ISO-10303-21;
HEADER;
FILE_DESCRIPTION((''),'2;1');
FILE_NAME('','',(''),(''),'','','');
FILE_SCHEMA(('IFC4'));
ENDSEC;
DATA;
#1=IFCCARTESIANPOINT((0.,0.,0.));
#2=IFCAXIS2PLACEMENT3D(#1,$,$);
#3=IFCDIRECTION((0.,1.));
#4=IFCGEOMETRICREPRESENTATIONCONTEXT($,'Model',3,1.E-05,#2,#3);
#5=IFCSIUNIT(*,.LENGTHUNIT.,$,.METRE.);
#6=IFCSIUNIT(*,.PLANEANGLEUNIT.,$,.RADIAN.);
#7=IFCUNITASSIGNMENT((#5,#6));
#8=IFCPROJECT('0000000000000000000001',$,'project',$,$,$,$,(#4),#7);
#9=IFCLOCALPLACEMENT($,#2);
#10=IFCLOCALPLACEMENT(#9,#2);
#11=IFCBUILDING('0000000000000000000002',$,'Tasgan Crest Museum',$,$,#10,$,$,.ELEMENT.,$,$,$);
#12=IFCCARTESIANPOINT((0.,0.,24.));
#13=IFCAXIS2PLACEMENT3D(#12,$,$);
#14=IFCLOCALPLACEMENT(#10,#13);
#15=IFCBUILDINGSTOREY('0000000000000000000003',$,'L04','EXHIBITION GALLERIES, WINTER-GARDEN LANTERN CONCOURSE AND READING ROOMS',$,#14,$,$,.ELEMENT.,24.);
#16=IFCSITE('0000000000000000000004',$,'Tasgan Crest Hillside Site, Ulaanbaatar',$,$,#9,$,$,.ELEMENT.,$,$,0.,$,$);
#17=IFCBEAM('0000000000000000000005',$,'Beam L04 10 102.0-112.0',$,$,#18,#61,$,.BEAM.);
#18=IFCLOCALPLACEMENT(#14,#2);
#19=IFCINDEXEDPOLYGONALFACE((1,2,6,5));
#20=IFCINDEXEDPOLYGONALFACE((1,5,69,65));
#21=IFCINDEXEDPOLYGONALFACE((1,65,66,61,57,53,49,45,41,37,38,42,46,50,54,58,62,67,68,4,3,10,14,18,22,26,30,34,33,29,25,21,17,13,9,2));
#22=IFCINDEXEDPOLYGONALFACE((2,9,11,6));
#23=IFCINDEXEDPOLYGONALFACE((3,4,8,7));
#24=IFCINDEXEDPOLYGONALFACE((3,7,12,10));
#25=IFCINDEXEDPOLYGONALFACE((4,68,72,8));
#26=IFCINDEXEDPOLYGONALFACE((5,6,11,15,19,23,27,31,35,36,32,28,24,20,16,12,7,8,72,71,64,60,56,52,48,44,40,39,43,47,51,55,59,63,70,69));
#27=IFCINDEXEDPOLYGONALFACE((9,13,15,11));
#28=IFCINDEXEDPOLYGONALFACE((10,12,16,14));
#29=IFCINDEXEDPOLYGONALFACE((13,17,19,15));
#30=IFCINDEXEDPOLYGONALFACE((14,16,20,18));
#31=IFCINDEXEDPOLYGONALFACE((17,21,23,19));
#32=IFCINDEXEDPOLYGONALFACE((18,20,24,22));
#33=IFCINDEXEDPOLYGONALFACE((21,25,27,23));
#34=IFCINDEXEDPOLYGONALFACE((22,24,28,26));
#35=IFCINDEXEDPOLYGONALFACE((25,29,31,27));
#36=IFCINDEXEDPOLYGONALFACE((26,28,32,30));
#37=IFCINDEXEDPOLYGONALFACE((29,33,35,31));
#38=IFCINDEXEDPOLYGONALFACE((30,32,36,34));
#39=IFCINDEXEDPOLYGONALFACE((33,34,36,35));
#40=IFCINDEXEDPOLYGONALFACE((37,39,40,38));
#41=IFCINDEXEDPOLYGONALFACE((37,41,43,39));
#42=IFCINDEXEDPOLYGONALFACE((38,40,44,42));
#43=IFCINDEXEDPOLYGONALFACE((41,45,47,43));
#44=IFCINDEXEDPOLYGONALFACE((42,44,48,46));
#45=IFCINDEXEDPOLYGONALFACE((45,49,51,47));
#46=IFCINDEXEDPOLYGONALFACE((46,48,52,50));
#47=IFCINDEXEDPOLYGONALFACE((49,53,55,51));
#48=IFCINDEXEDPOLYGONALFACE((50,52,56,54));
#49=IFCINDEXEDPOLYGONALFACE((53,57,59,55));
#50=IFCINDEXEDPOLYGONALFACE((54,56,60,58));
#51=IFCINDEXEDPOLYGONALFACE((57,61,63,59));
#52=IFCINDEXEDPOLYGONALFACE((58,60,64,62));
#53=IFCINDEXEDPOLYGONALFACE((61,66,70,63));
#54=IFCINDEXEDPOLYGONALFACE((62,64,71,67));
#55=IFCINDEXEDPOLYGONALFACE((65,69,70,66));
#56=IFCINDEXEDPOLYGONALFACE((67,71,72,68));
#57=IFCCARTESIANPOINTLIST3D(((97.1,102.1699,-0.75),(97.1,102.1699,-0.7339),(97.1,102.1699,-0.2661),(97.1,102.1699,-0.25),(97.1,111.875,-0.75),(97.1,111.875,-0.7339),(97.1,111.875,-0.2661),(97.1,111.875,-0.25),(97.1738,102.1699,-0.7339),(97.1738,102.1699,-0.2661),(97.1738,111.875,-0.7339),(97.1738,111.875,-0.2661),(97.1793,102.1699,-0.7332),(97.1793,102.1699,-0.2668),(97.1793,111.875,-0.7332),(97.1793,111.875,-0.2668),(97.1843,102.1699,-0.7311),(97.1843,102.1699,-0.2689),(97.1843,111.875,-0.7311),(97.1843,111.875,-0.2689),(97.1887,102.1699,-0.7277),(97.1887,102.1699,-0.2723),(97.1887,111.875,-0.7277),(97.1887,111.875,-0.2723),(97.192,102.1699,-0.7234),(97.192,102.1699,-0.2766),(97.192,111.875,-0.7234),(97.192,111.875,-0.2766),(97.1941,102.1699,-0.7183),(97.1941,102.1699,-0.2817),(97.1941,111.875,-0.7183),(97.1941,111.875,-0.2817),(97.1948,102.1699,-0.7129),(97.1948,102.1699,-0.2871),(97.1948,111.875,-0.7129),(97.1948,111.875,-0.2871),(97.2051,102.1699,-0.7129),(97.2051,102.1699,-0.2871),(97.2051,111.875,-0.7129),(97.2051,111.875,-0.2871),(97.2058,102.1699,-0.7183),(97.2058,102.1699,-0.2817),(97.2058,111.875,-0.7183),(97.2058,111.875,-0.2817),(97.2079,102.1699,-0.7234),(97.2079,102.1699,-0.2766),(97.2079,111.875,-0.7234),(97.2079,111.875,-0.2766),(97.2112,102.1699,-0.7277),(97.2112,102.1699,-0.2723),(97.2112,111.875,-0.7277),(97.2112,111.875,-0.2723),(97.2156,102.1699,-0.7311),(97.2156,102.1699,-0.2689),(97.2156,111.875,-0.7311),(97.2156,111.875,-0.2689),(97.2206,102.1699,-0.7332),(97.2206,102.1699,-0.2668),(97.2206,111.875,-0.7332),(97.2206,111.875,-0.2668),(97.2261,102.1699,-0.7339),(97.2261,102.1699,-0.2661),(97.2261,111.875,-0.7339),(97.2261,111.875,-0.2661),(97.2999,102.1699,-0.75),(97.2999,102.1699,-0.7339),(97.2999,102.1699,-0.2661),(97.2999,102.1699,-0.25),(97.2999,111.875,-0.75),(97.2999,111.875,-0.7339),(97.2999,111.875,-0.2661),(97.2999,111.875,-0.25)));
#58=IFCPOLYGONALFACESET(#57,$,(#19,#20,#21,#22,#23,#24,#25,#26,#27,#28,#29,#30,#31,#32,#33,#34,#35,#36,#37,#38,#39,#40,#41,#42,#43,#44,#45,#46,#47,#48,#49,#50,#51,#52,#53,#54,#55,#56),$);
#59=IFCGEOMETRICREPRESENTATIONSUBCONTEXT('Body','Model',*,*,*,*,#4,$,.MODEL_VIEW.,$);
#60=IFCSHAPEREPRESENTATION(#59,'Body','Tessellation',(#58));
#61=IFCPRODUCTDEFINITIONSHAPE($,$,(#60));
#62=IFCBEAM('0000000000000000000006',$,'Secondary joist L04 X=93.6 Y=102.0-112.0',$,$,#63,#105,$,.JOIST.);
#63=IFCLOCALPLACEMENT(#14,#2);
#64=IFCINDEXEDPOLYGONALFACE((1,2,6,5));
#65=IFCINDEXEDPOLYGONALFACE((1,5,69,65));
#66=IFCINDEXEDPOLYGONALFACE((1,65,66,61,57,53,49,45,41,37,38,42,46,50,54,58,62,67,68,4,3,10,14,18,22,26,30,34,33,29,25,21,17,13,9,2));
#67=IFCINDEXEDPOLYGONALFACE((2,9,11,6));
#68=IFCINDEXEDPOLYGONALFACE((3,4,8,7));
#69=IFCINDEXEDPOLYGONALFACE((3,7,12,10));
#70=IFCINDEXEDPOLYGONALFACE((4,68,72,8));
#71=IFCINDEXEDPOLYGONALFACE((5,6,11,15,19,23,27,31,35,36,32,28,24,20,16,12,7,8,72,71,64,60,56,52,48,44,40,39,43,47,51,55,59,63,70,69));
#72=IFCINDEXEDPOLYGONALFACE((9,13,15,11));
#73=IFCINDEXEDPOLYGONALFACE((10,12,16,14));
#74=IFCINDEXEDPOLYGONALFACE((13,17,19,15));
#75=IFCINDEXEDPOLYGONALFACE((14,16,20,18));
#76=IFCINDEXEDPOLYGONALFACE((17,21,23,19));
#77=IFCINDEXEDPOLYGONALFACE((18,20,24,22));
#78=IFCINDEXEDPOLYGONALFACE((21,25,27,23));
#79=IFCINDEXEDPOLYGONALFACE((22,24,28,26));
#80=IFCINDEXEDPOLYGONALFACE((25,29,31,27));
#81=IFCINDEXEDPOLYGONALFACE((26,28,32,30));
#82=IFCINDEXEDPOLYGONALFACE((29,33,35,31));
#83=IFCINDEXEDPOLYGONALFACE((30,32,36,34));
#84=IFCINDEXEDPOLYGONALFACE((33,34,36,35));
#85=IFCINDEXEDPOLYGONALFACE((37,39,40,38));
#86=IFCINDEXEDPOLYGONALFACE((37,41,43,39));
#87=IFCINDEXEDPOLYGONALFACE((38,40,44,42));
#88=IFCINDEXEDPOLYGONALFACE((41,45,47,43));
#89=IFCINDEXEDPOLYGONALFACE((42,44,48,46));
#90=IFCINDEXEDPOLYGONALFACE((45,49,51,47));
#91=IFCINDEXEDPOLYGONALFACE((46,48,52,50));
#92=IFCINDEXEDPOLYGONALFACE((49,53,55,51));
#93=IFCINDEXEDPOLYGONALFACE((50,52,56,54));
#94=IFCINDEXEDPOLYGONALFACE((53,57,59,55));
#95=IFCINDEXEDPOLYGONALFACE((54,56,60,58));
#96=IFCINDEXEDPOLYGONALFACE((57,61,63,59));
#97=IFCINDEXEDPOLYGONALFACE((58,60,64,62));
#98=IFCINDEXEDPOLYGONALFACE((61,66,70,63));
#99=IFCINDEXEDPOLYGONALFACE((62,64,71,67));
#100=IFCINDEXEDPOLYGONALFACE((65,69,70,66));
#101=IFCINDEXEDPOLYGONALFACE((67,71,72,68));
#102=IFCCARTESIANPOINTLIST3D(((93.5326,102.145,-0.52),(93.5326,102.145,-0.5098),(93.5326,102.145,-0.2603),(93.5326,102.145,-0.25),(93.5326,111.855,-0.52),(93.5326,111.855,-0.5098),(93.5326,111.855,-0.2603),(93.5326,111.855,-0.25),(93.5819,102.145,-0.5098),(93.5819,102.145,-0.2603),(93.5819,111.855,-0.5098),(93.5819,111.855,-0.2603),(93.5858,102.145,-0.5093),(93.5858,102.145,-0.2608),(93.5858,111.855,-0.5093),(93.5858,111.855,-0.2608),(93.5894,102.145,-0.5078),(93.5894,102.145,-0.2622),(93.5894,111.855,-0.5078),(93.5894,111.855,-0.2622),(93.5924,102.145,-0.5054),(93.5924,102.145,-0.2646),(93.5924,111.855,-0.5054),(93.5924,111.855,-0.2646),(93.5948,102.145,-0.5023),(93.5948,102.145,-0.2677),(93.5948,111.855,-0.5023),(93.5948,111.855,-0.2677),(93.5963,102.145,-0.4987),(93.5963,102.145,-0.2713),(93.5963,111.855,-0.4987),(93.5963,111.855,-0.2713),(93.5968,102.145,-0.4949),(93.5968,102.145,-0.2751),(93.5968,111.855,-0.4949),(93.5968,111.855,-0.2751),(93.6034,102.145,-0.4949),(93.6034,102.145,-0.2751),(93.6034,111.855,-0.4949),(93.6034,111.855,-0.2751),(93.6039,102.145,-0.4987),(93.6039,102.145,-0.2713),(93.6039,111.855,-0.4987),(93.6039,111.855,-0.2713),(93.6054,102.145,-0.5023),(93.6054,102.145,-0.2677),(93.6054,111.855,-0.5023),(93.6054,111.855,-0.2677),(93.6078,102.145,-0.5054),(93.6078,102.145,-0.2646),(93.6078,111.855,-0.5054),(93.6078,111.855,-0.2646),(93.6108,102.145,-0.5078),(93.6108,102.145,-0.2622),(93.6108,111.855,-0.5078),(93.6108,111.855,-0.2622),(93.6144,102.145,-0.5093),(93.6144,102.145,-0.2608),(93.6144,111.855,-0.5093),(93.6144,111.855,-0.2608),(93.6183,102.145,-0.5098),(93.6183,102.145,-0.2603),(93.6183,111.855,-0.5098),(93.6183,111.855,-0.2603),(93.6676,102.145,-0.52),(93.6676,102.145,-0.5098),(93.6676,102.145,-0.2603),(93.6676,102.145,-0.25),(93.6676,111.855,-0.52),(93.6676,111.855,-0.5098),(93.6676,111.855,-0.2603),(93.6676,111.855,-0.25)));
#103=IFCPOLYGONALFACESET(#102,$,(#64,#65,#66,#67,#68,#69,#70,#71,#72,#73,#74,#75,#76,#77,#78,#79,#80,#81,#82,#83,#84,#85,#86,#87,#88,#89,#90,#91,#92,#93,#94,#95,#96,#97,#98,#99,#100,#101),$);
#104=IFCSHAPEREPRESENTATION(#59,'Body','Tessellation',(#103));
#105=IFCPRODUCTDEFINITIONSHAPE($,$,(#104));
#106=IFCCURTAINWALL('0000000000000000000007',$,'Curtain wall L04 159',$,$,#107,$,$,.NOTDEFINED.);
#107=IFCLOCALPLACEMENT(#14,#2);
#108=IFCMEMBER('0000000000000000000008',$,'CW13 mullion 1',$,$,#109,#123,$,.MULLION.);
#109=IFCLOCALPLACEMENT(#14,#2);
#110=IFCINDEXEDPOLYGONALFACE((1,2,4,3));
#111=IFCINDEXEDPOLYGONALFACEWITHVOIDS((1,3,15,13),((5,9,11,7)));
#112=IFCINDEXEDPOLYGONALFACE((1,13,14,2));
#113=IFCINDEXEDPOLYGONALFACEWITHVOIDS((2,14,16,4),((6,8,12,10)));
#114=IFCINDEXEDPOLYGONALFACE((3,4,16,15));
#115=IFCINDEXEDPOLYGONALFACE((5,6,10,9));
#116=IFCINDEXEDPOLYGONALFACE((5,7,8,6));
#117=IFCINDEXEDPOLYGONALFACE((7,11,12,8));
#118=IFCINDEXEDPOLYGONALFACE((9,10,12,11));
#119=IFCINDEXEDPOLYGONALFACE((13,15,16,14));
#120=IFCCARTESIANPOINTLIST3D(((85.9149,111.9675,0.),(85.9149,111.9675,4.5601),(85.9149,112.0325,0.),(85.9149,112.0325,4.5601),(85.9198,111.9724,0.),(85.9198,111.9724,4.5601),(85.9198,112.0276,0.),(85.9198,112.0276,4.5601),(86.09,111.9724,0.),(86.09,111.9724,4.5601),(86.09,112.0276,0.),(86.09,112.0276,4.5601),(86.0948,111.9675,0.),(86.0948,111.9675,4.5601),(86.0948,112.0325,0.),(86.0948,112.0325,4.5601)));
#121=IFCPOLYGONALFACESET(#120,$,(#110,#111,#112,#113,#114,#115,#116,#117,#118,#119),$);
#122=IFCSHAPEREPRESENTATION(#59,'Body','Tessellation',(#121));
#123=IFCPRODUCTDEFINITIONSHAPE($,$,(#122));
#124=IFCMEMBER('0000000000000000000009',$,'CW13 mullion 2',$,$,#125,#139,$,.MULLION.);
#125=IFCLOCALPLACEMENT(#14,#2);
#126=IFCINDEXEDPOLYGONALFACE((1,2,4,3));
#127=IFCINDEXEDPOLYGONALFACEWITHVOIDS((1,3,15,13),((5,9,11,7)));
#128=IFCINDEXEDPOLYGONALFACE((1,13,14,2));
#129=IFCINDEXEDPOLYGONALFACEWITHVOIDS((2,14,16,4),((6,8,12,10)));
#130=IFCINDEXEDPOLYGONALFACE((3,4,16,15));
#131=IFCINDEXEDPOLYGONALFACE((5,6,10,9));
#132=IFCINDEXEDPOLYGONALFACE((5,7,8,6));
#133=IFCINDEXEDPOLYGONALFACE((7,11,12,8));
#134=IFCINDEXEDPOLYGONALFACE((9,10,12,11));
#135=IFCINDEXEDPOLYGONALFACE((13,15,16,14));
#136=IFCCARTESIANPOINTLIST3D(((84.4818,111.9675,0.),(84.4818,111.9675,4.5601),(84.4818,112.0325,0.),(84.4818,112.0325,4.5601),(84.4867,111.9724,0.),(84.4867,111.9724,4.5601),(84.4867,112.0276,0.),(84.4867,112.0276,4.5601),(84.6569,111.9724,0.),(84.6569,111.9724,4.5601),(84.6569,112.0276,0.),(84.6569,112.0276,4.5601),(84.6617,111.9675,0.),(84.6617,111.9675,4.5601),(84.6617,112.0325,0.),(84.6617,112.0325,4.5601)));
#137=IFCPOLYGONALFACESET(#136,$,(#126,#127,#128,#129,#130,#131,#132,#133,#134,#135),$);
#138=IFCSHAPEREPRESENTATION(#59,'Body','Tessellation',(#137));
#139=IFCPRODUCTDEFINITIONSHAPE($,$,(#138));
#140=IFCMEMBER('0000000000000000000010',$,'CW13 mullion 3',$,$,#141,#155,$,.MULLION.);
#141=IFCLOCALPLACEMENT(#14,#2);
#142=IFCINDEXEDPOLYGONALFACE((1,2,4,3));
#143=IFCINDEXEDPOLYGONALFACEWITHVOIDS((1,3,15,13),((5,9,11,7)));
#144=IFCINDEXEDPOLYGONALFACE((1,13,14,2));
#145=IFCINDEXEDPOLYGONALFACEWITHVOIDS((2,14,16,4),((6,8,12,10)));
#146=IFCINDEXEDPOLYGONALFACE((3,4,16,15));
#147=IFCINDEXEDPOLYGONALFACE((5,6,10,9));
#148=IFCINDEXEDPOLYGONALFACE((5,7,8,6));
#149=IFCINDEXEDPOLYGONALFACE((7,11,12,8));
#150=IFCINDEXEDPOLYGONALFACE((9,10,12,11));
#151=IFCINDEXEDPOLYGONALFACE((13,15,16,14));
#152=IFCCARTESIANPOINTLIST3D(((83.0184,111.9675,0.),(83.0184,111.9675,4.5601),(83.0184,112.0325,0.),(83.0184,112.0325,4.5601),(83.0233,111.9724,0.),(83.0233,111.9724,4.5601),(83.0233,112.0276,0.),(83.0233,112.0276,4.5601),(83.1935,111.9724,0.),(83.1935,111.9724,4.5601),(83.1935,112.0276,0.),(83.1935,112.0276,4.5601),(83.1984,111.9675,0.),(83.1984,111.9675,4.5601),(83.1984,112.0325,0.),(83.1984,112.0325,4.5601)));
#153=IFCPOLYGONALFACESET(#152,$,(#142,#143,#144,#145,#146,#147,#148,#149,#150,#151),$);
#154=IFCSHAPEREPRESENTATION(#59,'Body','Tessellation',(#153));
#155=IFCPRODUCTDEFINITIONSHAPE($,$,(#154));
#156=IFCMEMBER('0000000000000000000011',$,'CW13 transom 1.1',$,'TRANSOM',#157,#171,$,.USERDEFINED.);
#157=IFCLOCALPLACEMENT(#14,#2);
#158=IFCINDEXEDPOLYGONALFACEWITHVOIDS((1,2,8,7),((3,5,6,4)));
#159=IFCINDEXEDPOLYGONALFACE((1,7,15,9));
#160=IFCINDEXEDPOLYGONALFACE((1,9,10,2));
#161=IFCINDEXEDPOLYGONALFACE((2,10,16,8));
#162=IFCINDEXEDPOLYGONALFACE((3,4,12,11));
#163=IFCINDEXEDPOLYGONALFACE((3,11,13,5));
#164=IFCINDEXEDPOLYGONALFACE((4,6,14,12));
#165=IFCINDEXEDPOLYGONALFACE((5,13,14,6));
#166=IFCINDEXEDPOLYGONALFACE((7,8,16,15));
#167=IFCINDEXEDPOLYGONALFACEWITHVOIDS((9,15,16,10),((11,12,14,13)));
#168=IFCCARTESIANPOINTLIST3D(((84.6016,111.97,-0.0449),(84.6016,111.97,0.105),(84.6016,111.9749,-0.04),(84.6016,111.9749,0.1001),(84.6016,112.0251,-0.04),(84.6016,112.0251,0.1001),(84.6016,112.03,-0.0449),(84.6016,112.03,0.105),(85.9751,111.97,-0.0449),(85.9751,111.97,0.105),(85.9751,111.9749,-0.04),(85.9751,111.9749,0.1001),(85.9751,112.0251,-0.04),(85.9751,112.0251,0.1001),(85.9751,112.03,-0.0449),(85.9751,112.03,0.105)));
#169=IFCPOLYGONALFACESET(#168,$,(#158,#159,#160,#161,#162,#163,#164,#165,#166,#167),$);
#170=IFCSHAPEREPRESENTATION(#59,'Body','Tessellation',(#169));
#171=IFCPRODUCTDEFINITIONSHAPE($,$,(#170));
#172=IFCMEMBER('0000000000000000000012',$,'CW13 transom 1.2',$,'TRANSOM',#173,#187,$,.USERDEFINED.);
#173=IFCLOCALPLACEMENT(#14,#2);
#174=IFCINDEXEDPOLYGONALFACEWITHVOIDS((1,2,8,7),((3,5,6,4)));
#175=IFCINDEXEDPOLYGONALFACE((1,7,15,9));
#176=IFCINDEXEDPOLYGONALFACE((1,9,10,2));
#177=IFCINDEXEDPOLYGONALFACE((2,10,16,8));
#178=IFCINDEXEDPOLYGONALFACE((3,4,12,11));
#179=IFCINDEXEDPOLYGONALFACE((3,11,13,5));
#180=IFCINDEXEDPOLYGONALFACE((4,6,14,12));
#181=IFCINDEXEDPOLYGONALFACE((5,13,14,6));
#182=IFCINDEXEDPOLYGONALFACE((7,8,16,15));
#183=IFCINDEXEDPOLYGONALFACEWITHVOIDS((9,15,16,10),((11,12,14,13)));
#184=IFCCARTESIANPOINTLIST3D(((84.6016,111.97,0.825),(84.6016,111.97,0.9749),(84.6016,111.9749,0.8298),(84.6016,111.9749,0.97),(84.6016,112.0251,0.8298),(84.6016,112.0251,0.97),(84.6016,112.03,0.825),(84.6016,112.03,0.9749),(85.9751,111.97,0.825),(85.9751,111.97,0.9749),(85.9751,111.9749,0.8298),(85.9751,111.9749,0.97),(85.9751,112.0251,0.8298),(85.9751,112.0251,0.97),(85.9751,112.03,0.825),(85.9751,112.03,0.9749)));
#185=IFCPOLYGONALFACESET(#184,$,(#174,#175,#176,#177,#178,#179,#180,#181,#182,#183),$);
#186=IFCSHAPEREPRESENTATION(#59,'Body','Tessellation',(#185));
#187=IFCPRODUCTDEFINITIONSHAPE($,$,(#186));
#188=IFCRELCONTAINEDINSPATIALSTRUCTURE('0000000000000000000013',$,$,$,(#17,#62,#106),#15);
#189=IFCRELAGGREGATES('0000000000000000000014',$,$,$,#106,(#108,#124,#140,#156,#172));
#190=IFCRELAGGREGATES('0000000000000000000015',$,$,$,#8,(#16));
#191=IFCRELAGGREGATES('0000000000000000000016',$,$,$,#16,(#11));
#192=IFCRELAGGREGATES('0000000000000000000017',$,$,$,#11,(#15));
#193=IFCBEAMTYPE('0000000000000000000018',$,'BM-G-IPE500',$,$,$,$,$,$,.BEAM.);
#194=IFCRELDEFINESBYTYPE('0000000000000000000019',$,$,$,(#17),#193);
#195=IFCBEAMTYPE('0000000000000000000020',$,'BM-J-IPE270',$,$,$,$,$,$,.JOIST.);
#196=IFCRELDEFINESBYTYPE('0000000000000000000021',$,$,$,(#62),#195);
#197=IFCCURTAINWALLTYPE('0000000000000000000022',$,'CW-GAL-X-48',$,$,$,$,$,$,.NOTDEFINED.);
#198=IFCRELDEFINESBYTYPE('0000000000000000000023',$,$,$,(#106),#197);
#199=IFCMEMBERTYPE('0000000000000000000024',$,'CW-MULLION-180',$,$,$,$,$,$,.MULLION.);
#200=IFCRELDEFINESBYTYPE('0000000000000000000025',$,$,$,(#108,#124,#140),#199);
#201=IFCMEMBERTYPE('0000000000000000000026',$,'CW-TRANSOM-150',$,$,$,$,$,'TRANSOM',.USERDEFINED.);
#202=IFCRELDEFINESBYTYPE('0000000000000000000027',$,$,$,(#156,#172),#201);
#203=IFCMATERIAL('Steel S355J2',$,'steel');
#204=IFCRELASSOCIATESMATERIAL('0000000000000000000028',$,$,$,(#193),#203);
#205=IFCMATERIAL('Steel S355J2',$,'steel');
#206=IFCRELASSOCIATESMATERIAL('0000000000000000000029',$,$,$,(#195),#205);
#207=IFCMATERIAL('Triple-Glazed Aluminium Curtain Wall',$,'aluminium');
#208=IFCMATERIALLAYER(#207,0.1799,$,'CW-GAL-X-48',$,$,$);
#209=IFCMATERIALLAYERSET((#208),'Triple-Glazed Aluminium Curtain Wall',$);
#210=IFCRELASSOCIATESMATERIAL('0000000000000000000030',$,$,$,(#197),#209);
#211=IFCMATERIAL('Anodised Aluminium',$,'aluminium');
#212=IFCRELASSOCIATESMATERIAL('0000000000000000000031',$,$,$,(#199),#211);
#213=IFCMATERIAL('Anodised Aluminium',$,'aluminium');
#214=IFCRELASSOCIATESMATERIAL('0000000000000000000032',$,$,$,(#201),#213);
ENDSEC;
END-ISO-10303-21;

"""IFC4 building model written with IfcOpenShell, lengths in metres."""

from ifc_helpers import new_model, si_unit, direction, frame, origin, origin_2d, place, context, subcontext, project, spatial, hollow_rectangle, i_section, extrude, material, layer, layer_set, material_profile, profile_set, type_object, element, aggregate, save


model = new_model("IFC4")

# Units and contexts
model_context = context("Model", 3, precision=1e-05, world=origin(), true_north=direction((0.0, 1.0)))
body_context = subcontext(model_context, "Body", "Model", "MODEL_VIEW")
ifc_project = project(units=[si_unit("LENGTHUNIT", "METRE"), si_unit("PLANEANGLEUNIT", "RADIAN")], contexts=[model_context])

# Site, building, storey
site_placement = place(None, origin())
site = spatial("IfcSite", under=ifc_project, at=site_placement, Name="Tasgan Crest Hillside Site, Ulaanbaatar", CompositionType="ELEMENT", RefElevation=0.0)
building_placement = place(site_placement, origin())
building = spatial("IfcBuilding", under=site, at=building_placement, Name="Tasgan Crest Museum", CompositionType="ELEMENT")
storey_placement = place(building_placement, frame((0.0, 0.0, 24.0)))
storey = spatial("IfcBuildingStorey", under=building, at=storey_placement, Name="L04", Description="EXHIBITION GALLERIES, WINTER-GARDEN LANTERN CONCOURSE AND READING ROOMS", CompositionType="ELEMENT", Elevation=24.0)

# Beams
ifc_material_1 = material(Name="Steel S355J2", Category="steel")
ifc_material_profile_1 = material_profile(ifc_material_1, i_section(OverallWidth=0.2, OverallDepth=0.5, WebThickness=0.0103, FlangeThickness=0.0161, FilletRadius=0.021, at=origin_2d()), Name="IPE 500")
ifc_profile_set_1 = profile_set([ifc_material_profile_1], Name="Steel S355J2")
beam_type_1 = type_object("IfcBeamType", Name="BM-G-IPE500", PredefinedType="BEAM", material=ifc_profile_set_1)
for number, where, z_axis, x_axis, name in (
    (1, (97.2, 102.1699, -0.5), (0.0, 1.0, 0.0), (-1.0, 0.0, 0.0), "Beam L04 10 102.0-112.0"),
):
    element("IfcBeam", number, at=place(storey_placement, frame(where, z_axis=z_axis, x_axis=x_axis)), inside=storey, type_object=beam_type_1, Name=name, PredefinedType="BEAM", context=body_context, shape_type="SweptSolid", body=[
        extrude(i_section(OverallWidth=0.2, OverallDepth=0.5, WebThickness=0.0103, FlangeThickness=0.0161, FilletRadius=0.021, at=origin_2d()), origin(), (0.0, 0.0, 1.0), 9.7051),
    ])
ifc_material_2 = material(Name="Steel S355J2", Category="steel")
ifc_material_profile_2 = material_profile(ifc_material_2, i_section(OverallWidth=0.135, OverallDepth=0.27, WebThickness=0.0066, FlangeThickness=0.0103, FilletRadius=0.0149, at=origin_2d()), Name="IPE 270")
ifc_profile_set_2 = profile_set([ifc_material_profile_2], Name="Steel S355J2")
beam_type_2 = type_object("IfcBeamType", Name="BM-J-IPE270", PredefinedType="JOIST", material=ifc_profile_set_2)
beam_1_placement = place(storey_placement, frame((93.6001, 102.145, -0.385), z_axis=(0.0, 1.0, 0.0), x_axis=(-1.0, 0.0, 0.0)))
element("IfcBeam", 2, at=beam_1_placement, inside=storey, type_object=beam_type_2, Name="Secondary joist L04 X=93.6 Y=102.0-112.0", PredefinedType="JOIST", context=body_context, shape_type="SweptSolid", body=[
    extrude(i_section(OverallWidth=0.135, OverallDepth=0.27, WebThickness=0.0066, FlangeThickness=0.0103, FilletRadius=0.0149, at=origin_2d()), origin(), (0.0, 0.0, 1.0), 9.71),
])

# Curtain wall, members
ifc_material_3 = material(Name="Triple-Glazed Aluminium Curtain Wall", Category="aluminium")
ifc_layer_1 = layer(ifc_material_3, 0.1799, Name="CW-GAL-X-48")
ifc_layer_set_1 = layer_set([ifc_layer_1], Name="Triple-Glazed Aluminium Curtain Wall")
curtain_wall_type = type_object("IfcCurtainWallType", Name="CW-GAL-X-48", PredefinedType="NOTDEFINED", material=ifc_layer_set_1)
curtain_wall_placement = place(storey_placement, origin())
curtain_wall = element("IfcCurtainWall", 3, at=curtain_wall_placement, inside=storey, type_object=curtain_wall_type, Name="Curtain wall L04 159", PredefinedType="NOTDEFINED")
ifc_material_4 = material(Name="Anodised Aluminium", Category="aluminium")
ifc_material_profile_3 = material_profile(ifc_material_4, hollow_rectangle(XDim=0.0649, YDim=0.1799, WallThickness=0.0049, at=origin_2d()), Name="ALU MULLION 180x65x5")
ifc_profile_set_3 = profile_set([ifc_material_profile_3], Name="Anodised Aluminium")
member_type_1 = type_object("IfcMemberType", Name="CW-MULLION-180", PredefinedType="MULLION", material=ifc_profile_set_3)
member_1_placement = place(storey_placement, frame((86.0049, 112.0, 0.0), z_axis=(0.0, 0.0, 1.0), x_axis=(0.0, -1.0, 0.0)))
member_1 = element("IfcMember", 4, at=member_1_placement, type_object=member_type_1, Name="CW13 mullion 1", PredefinedType="MULLION", context=body_context, shape_type="SweptSolid", body=[
    extrude(hollow_rectangle(XDim=0.0649, YDim=0.1799, WallThickness=0.0049, at=origin_2d()), origin(), (0.0, 0.0, 1.0), 4.5601),
])
member_2_placement = place(storey_placement, frame((84.5718, 112.0, 0.0), z_axis=(0.0, 0.0, 1.0), x_axis=(0.0, -1.0, 0.0)))
member_2 = element("IfcMember", 5, at=member_2_placement, type_object=member_type_1, Name="CW13 mullion 2", PredefinedType="MULLION", context=body_context, shape_type="SweptSolid", body=[
    extrude(hollow_rectangle(XDim=0.0649, YDim=0.1799, WallThickness=0.0049, at=origin_2d()), origin(), (0.0, 0.0, 1.0), 4.5601),
])
member_3_placement = place(storey_placement, frame((83.1084, 112.0, 0.0), z_axis=(0.0, 0.0, 1.0), x_axis=(0.0, -1.0, 0.0)))
member_3 = element("IfcMember", 6, at=member_3_placement, type_object=member_type_1, Name="CW13 mullion 3", PredefinedType="MULLION", context=body_context, shape_type="SweptSolid", body=[
    extrude(hollow_rectangle(XDim=0.0649, YDim=0.1799, WallThickness=0.0049, at=origin_2d()), origin(), (0.0, 0.0, 1.0), 4.5601),
])
ifc_material_5 = material(Name="Anodised Aluminium", Category="aluminium")
ifc_material_profile_4 = material_profile(ifc_material_5, hollow_rectangle(XDim=0.0601, YDim=0.1499, WallThickness=0.0049, at=origin_2d()), Name="ALU TRANSOM 150x60x5")
ifc_profile_set_4 = profile_set([ifc_material_profile_4], Name="Anodised Aluminium")
member_type_2 = type_object("IfcMemberType", Name="CW-TRANSOM-150", ElementType="TRANSOM", PredefinedType="USERDEFINED", material=ifc_profile_set_4)
member_4_placement = place(storey_placement, frame((85.9751, 112.0, 0.03), z_axis=(-1.0, 0.0, 0.0), x_axis=(0.0, -1.0, 0.0)))
member_4 = element("IfcMember", 7, at=member_4_placement, type_object=member_type_2, Name="CW13 transom 1.1", ObjectType="TRANSOM", PredefinedType="USERDEFINED", context=body_context, shape_type="SweptSolid", body=[
    extrude(hollow_rectangle(XDim=0.0601, YDim=0.1499, WallThickness=0.0049, at=origin_2d()), origin(), (0.0, 0.0, 1.0), 1.3735),
])
member_5_placement = place(storey_placement, frame((85.9751, 112.0, 0.8999), z_axis=(-1.0, 0.0, 0.0), x_axis=(0.0, -1.0, 0.0)))
member_5 = element("IfcMember", 8, at=member_5_placement, type_object=member_type_2, Name="CW13 transom 1.2", ObjectType="TRANSOM", PredefinedType="USERDEFINED", context=body_context, shape_type="SweptSolid", body=[
    extrude(hollow_rectangle(XDim=0.0601, YDim=0.1499, WallThickness=0.0049, at=origin_2d()), origin(), (0.0, 0.0, 1.0), 1.3735),
])
aggregate(curtain_wall, [member_1, member_2, member_3, member_4, member_5])

save(model, "model.ifc")
